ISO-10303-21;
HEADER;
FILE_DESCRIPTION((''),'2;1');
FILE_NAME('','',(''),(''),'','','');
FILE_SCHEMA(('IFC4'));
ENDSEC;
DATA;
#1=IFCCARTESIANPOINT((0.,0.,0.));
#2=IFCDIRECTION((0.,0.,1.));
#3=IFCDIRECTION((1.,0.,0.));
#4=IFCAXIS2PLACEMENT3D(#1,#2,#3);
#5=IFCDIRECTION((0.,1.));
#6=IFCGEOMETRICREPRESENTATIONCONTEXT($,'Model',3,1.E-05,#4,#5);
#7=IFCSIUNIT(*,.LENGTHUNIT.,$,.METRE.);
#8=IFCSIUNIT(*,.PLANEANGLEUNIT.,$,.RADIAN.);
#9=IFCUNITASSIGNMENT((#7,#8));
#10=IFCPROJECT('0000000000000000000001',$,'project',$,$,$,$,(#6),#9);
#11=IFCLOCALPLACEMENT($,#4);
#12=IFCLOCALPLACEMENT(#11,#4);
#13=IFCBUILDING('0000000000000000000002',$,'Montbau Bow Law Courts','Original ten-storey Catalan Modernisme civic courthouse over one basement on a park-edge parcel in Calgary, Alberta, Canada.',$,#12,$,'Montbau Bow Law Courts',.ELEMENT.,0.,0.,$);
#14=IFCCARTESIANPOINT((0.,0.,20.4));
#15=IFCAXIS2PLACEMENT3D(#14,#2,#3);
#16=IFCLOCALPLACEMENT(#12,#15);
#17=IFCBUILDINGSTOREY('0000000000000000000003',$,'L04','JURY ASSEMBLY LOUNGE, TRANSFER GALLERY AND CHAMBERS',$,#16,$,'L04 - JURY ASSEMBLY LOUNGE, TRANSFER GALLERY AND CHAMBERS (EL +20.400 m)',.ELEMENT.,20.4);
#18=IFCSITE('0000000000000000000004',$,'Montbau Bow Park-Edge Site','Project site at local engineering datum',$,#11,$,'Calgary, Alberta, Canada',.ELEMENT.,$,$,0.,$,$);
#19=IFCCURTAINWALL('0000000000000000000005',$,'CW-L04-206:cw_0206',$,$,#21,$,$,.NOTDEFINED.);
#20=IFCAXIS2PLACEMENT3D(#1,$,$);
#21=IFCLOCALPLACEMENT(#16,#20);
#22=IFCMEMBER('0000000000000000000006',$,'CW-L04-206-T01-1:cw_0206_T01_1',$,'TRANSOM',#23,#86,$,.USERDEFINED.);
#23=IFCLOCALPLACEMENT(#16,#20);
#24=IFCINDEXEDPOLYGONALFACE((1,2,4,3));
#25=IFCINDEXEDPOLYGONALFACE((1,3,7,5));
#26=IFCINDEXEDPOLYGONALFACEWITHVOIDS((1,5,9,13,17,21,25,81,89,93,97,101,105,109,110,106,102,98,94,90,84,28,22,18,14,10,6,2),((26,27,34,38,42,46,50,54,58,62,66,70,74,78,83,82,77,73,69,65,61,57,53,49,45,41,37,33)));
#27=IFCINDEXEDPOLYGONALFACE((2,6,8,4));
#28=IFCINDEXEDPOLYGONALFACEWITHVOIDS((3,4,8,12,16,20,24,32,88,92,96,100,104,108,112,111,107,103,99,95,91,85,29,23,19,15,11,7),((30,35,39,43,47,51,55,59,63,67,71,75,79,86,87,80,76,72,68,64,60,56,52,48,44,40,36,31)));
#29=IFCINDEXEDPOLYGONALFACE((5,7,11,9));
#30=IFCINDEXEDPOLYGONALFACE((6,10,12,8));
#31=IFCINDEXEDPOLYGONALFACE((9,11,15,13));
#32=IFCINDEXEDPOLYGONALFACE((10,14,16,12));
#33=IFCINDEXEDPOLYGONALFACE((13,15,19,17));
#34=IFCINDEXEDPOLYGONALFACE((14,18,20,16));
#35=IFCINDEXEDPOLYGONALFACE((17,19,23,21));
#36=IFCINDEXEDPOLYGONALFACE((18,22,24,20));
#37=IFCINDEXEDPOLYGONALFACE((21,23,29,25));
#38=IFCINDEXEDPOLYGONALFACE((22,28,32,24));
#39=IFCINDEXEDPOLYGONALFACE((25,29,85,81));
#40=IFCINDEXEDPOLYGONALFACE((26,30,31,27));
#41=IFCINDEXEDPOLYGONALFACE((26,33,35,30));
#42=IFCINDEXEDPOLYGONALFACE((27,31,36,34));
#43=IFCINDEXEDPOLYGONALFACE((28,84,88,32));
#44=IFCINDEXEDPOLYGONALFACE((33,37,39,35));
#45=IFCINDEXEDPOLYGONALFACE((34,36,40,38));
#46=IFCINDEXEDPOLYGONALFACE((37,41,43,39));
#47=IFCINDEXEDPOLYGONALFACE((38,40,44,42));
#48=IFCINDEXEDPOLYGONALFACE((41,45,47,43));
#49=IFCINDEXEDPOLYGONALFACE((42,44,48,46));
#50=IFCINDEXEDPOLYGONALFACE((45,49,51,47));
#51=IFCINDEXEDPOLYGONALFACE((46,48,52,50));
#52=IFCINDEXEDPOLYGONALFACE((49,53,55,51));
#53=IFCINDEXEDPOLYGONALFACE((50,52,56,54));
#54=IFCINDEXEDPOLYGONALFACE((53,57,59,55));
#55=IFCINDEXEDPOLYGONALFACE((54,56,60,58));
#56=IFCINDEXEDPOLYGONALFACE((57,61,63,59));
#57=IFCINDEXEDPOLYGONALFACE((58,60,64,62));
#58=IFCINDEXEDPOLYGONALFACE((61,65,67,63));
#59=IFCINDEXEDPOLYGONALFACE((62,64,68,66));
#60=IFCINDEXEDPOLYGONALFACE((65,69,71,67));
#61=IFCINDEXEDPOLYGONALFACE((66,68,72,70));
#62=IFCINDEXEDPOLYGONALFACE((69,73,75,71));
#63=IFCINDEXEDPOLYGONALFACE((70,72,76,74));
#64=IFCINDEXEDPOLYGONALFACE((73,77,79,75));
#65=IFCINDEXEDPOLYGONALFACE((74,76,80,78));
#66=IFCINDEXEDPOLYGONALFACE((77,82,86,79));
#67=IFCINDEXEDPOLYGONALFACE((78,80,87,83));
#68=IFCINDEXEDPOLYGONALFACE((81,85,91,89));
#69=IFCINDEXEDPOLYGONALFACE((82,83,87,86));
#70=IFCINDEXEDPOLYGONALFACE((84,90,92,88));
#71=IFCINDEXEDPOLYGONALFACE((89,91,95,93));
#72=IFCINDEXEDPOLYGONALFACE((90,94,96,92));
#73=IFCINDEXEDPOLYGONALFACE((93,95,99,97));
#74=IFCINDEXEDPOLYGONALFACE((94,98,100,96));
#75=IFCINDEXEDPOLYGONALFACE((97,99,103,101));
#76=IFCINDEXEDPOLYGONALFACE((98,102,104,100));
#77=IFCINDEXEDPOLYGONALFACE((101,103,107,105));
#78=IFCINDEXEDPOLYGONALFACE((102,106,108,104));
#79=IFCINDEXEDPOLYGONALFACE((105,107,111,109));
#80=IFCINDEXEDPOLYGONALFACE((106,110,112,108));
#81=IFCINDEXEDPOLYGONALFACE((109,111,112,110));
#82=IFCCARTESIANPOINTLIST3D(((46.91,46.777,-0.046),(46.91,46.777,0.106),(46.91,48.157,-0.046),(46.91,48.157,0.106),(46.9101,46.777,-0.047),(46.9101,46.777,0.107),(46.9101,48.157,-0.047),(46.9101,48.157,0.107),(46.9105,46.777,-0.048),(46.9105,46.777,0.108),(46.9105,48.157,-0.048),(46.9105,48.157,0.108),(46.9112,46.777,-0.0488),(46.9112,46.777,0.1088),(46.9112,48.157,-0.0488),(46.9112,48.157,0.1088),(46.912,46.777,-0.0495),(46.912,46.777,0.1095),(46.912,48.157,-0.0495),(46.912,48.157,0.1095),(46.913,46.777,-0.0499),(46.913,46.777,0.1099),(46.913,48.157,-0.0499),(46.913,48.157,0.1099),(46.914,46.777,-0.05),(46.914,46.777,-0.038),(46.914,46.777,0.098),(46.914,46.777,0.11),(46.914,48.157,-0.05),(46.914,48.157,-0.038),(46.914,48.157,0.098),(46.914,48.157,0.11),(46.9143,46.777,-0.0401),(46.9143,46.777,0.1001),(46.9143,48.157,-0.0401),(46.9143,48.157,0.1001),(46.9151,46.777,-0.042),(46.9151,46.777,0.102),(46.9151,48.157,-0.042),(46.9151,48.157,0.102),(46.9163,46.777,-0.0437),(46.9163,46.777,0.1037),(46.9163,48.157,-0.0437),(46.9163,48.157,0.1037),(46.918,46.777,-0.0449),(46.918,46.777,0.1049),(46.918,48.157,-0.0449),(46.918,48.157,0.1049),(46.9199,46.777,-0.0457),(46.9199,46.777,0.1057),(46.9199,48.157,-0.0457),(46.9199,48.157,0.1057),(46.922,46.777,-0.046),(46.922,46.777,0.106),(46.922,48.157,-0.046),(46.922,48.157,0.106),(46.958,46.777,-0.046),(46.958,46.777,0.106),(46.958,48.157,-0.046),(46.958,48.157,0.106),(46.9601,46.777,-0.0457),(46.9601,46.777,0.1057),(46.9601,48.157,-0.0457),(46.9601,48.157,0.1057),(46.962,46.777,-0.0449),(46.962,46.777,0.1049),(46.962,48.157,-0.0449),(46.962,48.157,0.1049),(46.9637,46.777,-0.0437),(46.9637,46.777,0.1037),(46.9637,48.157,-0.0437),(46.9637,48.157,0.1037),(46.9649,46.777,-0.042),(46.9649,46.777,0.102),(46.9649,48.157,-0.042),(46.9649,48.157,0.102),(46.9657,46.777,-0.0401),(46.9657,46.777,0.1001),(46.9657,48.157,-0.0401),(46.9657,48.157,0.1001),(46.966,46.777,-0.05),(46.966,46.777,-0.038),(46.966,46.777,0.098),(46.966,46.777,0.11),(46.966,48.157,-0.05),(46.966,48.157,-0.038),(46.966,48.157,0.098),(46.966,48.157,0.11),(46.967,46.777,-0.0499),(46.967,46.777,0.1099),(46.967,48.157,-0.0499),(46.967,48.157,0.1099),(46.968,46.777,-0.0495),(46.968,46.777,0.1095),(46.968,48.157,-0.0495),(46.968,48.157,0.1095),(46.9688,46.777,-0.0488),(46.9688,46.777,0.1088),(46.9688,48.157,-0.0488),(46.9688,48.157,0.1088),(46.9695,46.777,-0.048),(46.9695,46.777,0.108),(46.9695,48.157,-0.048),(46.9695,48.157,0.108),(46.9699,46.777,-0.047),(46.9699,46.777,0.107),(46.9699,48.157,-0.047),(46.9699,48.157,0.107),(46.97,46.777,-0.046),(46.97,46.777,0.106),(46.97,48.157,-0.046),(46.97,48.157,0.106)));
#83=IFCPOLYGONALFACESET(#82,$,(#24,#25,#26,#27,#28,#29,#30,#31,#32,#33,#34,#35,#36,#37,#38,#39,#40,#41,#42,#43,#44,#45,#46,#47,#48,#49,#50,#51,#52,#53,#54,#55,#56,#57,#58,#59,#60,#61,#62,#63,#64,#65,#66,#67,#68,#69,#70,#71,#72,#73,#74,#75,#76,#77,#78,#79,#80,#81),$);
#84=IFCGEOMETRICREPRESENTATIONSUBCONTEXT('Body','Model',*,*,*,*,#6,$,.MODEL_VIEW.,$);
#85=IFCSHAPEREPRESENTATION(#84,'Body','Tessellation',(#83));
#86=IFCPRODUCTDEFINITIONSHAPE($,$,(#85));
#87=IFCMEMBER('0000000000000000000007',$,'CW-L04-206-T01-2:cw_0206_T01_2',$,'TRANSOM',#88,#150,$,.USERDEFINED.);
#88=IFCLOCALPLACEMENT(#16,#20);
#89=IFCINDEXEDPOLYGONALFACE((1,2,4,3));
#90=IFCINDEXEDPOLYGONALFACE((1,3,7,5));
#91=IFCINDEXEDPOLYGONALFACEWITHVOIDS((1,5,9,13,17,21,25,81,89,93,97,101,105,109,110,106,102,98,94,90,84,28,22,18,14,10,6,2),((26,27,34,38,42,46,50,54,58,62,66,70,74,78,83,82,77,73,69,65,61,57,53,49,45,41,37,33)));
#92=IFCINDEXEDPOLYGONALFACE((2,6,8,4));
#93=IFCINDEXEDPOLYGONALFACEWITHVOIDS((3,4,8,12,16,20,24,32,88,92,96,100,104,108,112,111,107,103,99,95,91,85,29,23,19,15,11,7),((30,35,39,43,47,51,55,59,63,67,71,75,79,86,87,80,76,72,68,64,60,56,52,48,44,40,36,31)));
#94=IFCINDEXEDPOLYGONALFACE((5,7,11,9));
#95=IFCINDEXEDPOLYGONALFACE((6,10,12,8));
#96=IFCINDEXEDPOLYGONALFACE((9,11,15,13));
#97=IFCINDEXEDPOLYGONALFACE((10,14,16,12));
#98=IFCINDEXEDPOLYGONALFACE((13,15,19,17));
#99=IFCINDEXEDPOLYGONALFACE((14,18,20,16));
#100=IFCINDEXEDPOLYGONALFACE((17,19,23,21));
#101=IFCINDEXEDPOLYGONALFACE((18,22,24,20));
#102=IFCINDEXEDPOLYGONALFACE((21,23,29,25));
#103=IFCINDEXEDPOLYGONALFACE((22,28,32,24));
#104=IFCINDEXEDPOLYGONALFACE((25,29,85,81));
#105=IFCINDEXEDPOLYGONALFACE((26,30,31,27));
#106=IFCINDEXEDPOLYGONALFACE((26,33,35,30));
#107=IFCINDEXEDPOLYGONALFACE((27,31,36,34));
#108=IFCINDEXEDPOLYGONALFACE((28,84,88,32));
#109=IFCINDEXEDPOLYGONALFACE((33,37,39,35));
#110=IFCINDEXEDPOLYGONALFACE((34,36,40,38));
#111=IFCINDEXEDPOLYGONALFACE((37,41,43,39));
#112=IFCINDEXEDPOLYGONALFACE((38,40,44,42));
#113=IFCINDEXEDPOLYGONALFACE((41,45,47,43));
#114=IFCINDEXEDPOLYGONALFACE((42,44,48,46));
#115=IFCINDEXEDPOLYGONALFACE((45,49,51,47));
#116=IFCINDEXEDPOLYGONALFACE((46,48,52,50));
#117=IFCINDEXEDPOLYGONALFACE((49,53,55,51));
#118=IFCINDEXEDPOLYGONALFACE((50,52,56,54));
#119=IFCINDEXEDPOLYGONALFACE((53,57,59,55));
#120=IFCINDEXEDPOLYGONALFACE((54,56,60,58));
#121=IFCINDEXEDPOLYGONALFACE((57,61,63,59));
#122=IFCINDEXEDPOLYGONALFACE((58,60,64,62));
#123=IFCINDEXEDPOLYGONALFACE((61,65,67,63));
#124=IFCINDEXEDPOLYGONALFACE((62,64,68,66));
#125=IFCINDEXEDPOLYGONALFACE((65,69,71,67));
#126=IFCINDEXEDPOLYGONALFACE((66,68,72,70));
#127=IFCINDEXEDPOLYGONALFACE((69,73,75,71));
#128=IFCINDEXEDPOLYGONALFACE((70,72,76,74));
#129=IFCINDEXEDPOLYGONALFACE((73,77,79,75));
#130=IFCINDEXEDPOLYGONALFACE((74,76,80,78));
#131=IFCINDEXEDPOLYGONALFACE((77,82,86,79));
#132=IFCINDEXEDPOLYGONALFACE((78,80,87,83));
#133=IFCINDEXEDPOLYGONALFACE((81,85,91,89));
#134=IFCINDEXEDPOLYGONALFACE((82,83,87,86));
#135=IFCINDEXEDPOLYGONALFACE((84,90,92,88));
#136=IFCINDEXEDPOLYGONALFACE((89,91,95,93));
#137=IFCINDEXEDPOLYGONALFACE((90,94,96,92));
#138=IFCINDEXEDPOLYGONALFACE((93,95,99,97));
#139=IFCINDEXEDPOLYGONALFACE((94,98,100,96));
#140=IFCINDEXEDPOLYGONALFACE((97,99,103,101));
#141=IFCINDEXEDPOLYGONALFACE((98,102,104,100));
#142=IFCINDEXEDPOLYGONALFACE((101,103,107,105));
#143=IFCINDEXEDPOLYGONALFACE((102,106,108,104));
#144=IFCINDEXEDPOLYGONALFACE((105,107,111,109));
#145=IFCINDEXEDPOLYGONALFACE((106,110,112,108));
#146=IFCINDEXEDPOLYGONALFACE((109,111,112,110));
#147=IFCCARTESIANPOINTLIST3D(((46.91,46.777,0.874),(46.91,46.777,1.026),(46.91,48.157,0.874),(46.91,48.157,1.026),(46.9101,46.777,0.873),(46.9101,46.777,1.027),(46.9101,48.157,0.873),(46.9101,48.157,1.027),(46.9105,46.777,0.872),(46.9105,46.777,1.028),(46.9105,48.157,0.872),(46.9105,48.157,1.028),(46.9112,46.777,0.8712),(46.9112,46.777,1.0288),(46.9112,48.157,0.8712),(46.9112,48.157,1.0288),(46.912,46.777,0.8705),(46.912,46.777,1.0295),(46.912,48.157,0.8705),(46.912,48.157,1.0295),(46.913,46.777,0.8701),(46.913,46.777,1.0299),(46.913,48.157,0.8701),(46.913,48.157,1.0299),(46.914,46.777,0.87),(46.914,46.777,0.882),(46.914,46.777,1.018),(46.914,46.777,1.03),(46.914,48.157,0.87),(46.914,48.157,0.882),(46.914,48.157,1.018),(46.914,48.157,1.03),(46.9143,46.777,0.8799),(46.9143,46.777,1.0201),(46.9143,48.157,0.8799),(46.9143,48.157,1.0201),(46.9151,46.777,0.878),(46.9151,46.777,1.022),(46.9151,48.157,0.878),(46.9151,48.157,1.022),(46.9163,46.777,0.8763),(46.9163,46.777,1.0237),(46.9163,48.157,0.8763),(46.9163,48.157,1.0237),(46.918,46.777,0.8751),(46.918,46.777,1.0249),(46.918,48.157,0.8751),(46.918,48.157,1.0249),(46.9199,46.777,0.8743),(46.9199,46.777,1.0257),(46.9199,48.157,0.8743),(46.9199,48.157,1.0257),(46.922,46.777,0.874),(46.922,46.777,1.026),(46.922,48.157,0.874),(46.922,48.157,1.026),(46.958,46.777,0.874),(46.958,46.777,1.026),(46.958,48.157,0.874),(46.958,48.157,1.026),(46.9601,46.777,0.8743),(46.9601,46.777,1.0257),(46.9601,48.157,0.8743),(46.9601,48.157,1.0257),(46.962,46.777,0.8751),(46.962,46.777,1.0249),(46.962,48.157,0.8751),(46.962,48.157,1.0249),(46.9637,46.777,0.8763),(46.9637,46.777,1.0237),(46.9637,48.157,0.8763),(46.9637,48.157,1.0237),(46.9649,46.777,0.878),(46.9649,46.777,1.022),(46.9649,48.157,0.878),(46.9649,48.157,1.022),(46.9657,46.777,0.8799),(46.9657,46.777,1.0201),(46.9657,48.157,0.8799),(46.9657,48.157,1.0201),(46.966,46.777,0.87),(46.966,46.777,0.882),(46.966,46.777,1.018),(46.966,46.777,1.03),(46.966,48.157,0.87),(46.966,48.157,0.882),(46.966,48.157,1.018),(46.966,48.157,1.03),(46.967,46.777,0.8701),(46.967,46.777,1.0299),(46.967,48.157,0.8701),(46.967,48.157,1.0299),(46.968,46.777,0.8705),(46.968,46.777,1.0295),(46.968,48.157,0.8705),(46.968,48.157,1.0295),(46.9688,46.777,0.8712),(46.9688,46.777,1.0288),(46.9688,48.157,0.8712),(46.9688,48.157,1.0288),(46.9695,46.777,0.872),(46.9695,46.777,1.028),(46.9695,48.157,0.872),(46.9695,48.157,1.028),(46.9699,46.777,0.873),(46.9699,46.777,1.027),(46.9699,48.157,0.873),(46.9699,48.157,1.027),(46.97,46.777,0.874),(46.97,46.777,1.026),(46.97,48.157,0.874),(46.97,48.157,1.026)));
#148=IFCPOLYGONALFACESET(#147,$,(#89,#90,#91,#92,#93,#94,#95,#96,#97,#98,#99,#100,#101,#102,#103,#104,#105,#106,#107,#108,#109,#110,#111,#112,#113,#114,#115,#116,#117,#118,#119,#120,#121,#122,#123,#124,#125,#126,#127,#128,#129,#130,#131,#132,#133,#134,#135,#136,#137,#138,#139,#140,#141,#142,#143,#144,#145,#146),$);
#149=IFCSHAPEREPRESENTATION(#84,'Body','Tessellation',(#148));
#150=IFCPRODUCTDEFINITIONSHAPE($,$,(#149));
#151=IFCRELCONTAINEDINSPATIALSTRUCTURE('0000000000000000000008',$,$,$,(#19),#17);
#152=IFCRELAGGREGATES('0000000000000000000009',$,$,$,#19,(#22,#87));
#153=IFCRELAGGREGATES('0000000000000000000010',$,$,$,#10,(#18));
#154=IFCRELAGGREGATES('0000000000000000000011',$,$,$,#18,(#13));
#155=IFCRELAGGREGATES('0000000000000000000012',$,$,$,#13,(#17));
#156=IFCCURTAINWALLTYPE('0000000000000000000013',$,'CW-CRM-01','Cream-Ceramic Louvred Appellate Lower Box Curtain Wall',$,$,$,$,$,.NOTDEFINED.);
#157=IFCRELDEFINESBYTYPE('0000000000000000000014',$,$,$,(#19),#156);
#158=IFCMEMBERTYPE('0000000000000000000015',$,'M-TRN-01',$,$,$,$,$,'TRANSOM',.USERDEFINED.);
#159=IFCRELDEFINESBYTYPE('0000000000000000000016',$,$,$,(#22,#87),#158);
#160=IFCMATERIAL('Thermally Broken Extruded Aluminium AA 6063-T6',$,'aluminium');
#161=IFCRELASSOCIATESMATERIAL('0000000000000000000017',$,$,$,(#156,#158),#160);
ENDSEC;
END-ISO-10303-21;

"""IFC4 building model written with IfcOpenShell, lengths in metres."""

from ifc_helpers import new_model, si_unit, direction, frame, origin_with_axes, origin_2d_with_axis, place, context, subcontext, project, spatial, hollow_rectangle, extrude, material, material_profile, profile_set, type_object, element, aggregate, save


model = new_model("IFC4")

# Units and contexts
model_context = context("Model", 3, precision=1e-05, world=origin_with_axes(), true_north=direction((0.0, 1.0)))
body_context = subcontext(model_context, "Body", "Model", "MODEL_VIEW")
ifc_project = project(units=[si_unit("LENGTHUNIT", "METRE"), si_unit("PLANEANGLEUNIT", "RADIAN")], contexts=[model_context])

# Site, building, storey
site_placement = place(None, origin_with_axes())
site = spatial("IfcSite", under=ifc_project, at=site_placement, Name="Montbau Bow Park-Edge Site", Description="Project site at local engineering datum", LongName="Calgary, Alberta, Canada", CompositionType="ELEMENT", RefElevation=0.0)
building_placement = place(site_placement, origin_with_axes())
building = spatial("IfcBuilding", under=site, at=building_placement, Name="Montbau Bow Law Courts", Description="Original ten-storey Catalan Modernisme civic courthouse over one basement on a park-edge parcel in Calgary, Alberta, Canada.", LongName="Montbau Bow Law Courts", CompositionType="ELEMENT", ElevationOfRefHeight=0.0, ElevationOfTerrain=0.0)
storey_placement = place(building_placement, frame((0.0, 0.0, 20.4), z_axis=(0.0, 0.0, 1.0), x_axis=(1.0, 0.0, 0.0)))
storey = spatial("IfcBuildingStorey", under=building, at=storey_placement, Name="L04", Description="JURY ASSEMBLY LOUNGE, TRANSFER GALLERY AND CHAMBERS", LongName="L04 - JURY ASSEMBLY LOUNGE, TRANSFER GALLERY AND CHAMBERS (EL +20.400 m)", CompositionType="ELEMENT", Elevation=20.4)

# Curtain wall, members
ifc_material_1 = material(Name="Thermally Broken Extruded Aluminium AA 6063-T6", Category="aluminium")
curtain_wall_type = type_object("IfcCurtainWallType", Name="CW-CRM-01", Description="Cream-Ceramic Louvred Appellate Lower Box Curtain Wall", PredefinedType="NOTDEFINED", material=ifc_material_1)
curtain_wall_1_placement = place(None, frame((46.94, 46.715, 20.4), z_axis=(0.0, 0.0, 1.0), x_axis=(1.0, 0.0, 0.0)))
curtain_wall_1 = element("IfcCurtainWall", 1, at=curtain_wall_1_placement, inside=storey, type_object=curtain_wall_type, Name="CW-L04-206:cw_0206", PredefinedType="NOTDEFINED")
ifc_material_profile_1 = material_profile(ifc_material_1, hollow_rectangle(XDim=0.06, YDim=0.16, WallThickness=0.004, InnerFilletRadius=0.008, OuterFilletRadius=0.004, at=origin_2d_with_axis()), Name="CWT-160X60", Category="Main", Priority=0)
ifc_profile_set_1 = profile_set([ifc_material_profile_1], Name="Thermally Broken Extruded Aluminium AA 6063-T6")
member_type_1 = type_object("IfcMemberType", Name="M-TRN-01", ElementType="TRANSOM", PredefinedType="USERDEFINED", material=ifc_profile_set_1)
member_1_placement = place(None, frame((46.94, 46.777, 20.43), z_axis=(0.0, 1.0, 0.0), x_axis=(-1.0, 0.0, 0.0)))
member_1 = element("IfcMember", 2, at=member_1_placement, type_object=member_type_1, Name="CW-L04-206-T01-1:cw_0206_T01_1", ObjectType="TRANSOM", PredefinedType="USERDEFINED", context=body_context, shape_type="SweptSolid", body=[
    extrude(hollow_rectangle(XDim=0.06, YDim=0.16, WallThickness=0.004, InnerFilletRadius=0.008, OuterFilletRadius=0.004, at=origin_2d_with_axis()), origin_with_axes(), (0.0, 0.0, 1.0), 1.38),
])
member_2_placement = place(None, frame((46.94, 46.777, 21.35), z_axis=(0.0, 1.0, 0.0), x_axis=(-1.0, 0.0, 0.0)))
member_2 = element("IfcMember", 3, at=member_2_placement, type_object=member_type_1, Name="CW-L04-206-T01-2:cw_0206_T01_2", ObjectType="TRANSOM", PredefinedType="USERDEFINED", context=body_context, shape_type="SweptSolid", body=[
    extrude(hollow_rectangle(XDim=0.06, YDim=0.16, WallThickness=0.004, InnerFilletRadius=0.008, OuterFilletRadius=0.004, at=origin_2d_with_axis()), origin_with_axes(), (0.0, 0.0, 1.0), 1.38),
])

aggregate(curtain_wall_1, [member_1, member_2])

save(model, "model.ifc")
